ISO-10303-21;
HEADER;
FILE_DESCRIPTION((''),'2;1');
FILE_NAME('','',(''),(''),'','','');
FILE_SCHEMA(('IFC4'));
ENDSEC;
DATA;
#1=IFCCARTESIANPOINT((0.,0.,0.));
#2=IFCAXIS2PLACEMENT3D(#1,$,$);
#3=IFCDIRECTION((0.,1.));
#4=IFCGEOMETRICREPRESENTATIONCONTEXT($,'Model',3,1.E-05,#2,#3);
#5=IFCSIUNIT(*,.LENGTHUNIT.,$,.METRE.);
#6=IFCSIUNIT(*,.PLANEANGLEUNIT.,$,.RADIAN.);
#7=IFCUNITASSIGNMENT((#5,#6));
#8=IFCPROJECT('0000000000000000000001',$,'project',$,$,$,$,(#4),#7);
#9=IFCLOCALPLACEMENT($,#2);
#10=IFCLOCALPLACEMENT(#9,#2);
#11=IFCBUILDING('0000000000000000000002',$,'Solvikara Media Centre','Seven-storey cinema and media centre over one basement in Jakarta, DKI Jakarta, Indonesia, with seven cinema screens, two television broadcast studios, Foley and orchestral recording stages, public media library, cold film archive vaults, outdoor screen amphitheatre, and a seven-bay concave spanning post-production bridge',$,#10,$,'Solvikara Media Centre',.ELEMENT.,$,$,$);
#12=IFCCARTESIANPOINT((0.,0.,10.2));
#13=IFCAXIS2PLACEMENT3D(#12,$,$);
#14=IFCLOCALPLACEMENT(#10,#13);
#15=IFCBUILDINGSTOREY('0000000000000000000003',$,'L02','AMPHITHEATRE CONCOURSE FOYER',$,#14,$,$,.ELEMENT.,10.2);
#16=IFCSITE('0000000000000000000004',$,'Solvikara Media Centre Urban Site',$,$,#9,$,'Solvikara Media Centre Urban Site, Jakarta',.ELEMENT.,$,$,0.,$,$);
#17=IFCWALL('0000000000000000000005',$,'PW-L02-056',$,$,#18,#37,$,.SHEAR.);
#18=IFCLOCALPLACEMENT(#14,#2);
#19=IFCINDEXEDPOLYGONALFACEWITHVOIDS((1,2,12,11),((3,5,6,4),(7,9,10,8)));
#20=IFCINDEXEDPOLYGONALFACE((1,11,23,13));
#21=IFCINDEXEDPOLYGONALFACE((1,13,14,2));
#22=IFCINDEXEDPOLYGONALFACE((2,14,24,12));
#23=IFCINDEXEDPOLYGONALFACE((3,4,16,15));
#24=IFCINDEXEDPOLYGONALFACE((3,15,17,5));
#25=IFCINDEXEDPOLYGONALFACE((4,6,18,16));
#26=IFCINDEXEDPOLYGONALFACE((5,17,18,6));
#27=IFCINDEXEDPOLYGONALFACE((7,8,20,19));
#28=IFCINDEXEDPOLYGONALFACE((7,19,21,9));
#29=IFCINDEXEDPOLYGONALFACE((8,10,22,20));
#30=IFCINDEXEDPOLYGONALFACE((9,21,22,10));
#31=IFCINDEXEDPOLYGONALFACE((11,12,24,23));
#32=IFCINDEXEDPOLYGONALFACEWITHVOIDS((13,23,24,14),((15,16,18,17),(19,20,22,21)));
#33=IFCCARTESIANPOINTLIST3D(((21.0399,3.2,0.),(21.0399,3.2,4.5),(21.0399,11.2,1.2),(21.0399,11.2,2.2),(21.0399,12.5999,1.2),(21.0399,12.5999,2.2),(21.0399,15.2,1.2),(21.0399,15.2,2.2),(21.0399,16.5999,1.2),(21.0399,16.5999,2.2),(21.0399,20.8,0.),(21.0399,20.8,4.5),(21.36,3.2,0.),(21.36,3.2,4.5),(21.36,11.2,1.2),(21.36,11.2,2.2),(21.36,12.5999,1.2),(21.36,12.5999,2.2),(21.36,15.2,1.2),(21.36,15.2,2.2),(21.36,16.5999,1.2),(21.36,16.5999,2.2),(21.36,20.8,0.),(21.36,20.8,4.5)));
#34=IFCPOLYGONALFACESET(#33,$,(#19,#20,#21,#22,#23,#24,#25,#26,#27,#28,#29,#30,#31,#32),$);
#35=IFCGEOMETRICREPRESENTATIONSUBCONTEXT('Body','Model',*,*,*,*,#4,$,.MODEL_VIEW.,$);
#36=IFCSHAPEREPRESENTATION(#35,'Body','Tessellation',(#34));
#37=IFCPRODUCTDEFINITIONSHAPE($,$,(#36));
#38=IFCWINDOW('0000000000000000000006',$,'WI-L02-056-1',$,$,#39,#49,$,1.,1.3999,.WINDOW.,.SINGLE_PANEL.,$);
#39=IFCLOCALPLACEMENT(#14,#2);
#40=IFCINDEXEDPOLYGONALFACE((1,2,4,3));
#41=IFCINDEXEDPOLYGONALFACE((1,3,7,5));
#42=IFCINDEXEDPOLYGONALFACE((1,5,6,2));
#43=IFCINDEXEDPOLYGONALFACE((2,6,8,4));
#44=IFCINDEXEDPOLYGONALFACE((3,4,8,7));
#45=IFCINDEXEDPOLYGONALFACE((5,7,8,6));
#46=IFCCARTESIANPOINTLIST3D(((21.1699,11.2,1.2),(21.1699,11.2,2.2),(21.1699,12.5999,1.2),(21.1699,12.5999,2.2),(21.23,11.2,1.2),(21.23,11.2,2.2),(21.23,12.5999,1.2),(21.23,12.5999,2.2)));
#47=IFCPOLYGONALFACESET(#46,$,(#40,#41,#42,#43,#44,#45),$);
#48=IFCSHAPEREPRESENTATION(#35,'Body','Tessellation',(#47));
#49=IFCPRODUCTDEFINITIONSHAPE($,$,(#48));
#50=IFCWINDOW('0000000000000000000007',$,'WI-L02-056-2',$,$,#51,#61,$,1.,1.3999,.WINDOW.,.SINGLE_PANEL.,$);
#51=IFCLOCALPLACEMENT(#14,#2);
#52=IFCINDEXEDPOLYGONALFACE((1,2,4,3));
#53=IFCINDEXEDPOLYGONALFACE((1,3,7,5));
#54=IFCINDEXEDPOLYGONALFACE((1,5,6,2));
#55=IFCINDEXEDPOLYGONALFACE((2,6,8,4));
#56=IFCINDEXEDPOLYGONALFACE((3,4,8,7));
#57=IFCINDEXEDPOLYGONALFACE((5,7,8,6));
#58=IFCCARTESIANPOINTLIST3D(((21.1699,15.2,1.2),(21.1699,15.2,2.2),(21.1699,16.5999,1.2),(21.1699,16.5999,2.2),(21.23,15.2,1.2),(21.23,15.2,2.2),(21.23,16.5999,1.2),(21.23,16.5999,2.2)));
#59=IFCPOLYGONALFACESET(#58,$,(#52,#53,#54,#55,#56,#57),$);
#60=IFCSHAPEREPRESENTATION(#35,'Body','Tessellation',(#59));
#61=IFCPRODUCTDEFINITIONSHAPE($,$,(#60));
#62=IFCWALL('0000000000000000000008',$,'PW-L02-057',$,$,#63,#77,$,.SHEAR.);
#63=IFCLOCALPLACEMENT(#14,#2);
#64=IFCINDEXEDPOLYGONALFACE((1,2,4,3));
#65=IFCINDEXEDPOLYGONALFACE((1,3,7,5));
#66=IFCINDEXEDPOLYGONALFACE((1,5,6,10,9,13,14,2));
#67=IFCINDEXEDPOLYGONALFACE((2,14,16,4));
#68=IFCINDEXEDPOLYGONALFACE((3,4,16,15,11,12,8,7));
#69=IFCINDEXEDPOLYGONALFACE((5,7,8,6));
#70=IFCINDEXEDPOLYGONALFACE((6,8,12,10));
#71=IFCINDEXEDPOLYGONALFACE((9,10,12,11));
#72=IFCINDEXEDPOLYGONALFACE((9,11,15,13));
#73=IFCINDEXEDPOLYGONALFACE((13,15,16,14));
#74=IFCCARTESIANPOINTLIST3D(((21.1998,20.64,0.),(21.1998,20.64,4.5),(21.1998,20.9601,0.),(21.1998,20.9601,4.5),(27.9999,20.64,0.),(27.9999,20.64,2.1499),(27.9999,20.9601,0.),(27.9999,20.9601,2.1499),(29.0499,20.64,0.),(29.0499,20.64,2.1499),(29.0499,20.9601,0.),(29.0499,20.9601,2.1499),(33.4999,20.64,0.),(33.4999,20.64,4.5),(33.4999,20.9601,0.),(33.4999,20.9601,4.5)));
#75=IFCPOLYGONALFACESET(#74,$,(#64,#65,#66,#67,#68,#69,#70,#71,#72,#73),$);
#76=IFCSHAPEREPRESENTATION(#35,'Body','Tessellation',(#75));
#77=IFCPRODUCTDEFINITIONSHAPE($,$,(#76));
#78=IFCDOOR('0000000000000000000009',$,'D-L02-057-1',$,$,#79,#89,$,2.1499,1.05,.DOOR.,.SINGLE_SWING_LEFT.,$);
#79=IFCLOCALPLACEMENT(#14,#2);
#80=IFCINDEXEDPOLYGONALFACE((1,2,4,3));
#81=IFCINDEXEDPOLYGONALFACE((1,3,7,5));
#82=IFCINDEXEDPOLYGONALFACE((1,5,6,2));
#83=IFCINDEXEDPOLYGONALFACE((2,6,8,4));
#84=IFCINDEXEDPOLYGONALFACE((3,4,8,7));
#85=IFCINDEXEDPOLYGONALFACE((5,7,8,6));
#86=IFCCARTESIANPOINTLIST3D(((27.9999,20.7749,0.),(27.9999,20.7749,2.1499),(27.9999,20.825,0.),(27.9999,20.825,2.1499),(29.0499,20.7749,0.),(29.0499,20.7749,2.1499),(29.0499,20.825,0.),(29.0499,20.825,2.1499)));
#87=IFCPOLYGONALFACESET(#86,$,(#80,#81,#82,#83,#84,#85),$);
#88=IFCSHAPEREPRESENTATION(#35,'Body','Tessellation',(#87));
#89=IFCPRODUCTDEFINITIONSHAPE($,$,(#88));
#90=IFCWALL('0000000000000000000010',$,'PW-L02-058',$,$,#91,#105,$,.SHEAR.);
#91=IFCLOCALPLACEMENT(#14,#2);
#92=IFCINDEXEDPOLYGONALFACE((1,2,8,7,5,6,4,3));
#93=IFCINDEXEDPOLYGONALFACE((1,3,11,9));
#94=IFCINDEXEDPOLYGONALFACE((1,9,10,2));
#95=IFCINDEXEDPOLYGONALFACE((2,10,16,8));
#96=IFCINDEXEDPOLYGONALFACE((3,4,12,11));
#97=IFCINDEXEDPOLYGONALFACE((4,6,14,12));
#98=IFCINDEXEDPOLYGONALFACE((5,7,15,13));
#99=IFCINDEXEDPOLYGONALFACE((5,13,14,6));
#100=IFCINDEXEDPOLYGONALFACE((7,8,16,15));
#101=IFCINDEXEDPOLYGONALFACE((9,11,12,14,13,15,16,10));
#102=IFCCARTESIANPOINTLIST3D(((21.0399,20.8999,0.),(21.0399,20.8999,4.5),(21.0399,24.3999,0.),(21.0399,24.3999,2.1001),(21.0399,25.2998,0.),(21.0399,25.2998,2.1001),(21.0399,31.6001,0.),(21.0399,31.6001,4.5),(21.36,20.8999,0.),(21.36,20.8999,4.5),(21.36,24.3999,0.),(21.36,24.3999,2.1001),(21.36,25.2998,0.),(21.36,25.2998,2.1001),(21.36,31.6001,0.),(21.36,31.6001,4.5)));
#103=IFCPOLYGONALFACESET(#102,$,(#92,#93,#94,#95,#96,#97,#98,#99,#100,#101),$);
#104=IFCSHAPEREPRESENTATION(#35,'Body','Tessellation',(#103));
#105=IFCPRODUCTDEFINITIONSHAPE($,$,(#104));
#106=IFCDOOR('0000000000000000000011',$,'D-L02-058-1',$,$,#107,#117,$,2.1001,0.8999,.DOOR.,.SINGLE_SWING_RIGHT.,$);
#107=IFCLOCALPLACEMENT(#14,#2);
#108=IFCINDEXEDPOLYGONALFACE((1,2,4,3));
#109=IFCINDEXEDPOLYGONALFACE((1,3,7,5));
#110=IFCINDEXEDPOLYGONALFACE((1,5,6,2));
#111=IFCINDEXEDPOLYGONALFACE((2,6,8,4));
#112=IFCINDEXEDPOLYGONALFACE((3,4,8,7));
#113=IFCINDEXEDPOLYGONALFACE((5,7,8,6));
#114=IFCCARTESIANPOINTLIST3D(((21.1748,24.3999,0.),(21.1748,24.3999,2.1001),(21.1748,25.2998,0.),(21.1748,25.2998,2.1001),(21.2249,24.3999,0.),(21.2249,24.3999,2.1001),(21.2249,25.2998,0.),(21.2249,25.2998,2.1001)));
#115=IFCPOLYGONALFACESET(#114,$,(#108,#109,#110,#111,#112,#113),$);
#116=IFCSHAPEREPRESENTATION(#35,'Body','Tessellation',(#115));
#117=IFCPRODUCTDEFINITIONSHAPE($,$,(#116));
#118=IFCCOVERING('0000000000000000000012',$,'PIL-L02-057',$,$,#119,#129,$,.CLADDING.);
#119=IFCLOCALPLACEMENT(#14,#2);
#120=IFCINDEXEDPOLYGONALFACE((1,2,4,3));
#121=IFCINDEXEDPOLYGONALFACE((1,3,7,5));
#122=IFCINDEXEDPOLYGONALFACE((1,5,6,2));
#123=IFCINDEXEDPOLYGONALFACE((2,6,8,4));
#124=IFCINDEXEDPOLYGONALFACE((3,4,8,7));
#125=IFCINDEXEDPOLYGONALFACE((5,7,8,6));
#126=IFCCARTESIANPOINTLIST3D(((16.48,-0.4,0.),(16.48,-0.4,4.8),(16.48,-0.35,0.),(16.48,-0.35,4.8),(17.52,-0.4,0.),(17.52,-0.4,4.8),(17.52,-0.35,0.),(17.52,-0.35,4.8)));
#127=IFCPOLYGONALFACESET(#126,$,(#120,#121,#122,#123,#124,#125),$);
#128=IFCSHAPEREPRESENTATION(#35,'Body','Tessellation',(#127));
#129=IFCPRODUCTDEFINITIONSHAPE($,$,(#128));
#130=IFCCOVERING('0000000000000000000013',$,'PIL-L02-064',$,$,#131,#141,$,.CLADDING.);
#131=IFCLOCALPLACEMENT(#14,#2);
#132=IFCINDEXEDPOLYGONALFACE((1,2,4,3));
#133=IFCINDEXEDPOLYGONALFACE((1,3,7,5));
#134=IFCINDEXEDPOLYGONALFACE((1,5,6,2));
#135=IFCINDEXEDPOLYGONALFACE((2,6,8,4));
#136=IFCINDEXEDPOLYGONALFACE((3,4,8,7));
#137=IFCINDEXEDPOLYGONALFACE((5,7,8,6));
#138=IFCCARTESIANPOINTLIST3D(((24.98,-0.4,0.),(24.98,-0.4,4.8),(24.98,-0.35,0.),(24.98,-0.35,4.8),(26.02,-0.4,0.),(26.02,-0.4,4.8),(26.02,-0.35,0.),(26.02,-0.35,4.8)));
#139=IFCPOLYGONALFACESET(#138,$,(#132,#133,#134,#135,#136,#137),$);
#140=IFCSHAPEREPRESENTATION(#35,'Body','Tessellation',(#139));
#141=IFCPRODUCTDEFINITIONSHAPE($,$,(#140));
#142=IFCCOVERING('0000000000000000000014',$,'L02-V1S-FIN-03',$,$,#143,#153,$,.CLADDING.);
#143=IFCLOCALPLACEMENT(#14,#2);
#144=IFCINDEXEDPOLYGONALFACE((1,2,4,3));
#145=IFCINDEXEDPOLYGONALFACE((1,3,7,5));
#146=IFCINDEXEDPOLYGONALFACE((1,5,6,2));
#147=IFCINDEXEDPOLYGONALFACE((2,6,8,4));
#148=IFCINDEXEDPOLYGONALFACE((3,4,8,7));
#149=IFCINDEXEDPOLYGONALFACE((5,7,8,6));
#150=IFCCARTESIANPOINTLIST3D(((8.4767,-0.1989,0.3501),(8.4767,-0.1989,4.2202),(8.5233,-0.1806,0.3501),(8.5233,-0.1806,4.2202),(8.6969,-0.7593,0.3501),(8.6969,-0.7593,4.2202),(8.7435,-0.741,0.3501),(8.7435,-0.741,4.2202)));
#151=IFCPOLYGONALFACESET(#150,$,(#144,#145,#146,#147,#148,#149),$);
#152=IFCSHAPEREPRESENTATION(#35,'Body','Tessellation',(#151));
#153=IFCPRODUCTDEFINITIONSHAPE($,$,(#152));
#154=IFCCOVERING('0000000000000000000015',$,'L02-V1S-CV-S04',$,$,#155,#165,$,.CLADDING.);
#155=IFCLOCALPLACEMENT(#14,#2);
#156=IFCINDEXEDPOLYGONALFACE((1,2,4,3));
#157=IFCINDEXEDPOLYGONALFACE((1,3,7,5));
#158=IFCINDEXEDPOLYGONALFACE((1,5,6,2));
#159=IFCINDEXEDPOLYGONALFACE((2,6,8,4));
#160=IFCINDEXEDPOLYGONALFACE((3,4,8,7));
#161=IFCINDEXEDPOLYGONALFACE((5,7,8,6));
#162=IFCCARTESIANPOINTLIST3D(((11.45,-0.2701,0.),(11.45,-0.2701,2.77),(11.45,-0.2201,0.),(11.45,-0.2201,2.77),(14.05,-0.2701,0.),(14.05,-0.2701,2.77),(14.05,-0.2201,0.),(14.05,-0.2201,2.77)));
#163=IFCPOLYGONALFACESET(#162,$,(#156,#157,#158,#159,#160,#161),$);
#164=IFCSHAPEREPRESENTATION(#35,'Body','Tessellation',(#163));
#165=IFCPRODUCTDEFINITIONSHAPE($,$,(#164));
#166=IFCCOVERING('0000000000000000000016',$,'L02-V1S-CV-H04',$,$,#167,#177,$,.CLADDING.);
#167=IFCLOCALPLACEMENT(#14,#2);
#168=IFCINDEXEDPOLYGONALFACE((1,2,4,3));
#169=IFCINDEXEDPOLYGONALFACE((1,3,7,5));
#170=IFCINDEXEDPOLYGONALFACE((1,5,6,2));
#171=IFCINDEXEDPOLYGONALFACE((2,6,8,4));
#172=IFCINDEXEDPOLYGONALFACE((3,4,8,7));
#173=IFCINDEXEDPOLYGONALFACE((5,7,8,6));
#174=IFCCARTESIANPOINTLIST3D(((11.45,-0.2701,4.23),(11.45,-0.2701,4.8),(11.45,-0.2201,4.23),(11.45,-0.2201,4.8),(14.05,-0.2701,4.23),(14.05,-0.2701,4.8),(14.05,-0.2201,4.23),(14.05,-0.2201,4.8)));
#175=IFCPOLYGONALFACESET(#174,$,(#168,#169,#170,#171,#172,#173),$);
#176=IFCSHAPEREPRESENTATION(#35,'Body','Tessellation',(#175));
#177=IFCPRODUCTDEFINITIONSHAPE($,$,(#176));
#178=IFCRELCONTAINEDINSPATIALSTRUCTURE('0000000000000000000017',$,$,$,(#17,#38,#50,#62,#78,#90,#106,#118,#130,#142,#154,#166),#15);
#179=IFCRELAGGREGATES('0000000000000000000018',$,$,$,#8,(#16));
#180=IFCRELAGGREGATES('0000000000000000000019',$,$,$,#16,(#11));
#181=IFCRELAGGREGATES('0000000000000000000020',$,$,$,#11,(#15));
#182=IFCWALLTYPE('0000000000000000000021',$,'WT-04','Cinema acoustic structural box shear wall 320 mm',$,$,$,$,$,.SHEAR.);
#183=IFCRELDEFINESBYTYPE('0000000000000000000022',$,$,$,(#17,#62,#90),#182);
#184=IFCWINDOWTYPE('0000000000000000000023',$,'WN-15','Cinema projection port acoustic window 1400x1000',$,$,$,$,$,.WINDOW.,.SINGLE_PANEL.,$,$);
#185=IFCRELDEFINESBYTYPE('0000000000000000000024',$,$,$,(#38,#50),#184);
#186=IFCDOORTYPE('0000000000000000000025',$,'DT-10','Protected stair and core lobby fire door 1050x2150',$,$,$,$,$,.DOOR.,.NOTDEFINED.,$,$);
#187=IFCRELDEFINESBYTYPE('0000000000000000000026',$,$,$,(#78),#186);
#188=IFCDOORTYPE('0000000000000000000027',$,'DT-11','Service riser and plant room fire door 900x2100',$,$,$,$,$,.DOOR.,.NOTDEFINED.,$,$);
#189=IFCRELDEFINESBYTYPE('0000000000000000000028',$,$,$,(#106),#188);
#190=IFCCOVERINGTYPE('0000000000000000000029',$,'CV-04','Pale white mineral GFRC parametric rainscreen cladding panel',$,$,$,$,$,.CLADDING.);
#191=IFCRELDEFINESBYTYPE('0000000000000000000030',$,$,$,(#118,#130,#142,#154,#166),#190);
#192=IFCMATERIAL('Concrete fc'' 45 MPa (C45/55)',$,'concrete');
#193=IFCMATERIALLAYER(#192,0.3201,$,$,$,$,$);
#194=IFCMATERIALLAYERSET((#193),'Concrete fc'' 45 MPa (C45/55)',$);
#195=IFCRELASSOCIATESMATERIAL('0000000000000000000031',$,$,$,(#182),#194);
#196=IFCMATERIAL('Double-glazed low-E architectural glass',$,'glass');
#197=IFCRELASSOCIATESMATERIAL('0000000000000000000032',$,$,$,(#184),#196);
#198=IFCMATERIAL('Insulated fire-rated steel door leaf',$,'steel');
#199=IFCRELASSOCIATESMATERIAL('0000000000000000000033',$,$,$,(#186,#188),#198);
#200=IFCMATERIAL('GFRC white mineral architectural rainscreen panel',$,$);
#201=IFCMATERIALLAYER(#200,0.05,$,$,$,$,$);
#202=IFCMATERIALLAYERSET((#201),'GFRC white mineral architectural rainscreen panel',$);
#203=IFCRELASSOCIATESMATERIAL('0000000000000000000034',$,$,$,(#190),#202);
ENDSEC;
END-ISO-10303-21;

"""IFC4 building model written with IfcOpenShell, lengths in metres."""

from ifc_helpers import new_model, si_unit, direction, frame, frame_2d, origin, origin_2d, place, context, subcontext, project, spatial, rectangle, extrude, material, layer, layer_set, type_object, element, fill, save


model = new_model("IFC4")

# Units and contexts
model_context = context("Model", 3, precision=1e-05, world=origin(), true_north=direction((0.0, 1.0)))
body_context = subcontext(model_context, "Body", "Model", "MODEL_VIEW")
ifc_project = project(units=[si_unit("LENGTHUNIT", "METRE"), si_unit("PLANEANGLEUNIT", "RADIAN")], contexts=[model_context])

# Site, building, storey
site_placement = place(None, origin())
site = spatial("IfcSite", under=ifc_project, at=site_placement, Name="Solvikara Media Centre Urban Site", LongName="Solvikara Media Centre Urban Site, Jakarta", CompositionType="ELEMENT", RefElevation=0.0)
building_placement = place(site_placement, origin())
building = spatial("IfcBuilding", under=site, at=building_placement, Name="Solvikara Media Centre", Description="Seven-storey cinema and media centre over one basement in Jakarta, DKI Jakarta, Indonesia, with seven cinema screens, two television broadcast studios, Foley and orchestral recording stages, public media library, cold film archive vaults, outdoor screen amphitheatre, and a seven-bay concave spanning post-production bridge", LongName="Solvikara Media Centre", CompositionType="ELEMENT")
storey_placement = place(building_placement, frame((0.0, 0.0, 10.2)))
storey = spatial("IfcBuildingStorey", under=building, at=storey_placement, Name="L02", Description="AMPHITHEATRE CONCOURSE FOYER", CompositionType="ELEMENT", Elevation=10.2)

# Shared definitions
ifc_material_1 = material(Name="Concrete fc' 45 MPa (C45/55)", Category="concrete")

# Wall, openings, windows
ifc_layer_1 = layer(ifc_material_1, 0.3201)
ifc_layer_set_1 = layer_set([ifc_layer_1], Name="Concrete fc' 45 MPa (C45/55)")
wall_type = type_object("IfcWallType", Name="WT-04", Description="Cinema acoustic structural box shear wall 320 mm", PredefinedType="SHEAR", material=ifc_layer_set_1)
wall_1_placement = place(storey_placement, frame((21.2, 3.2, 0.0), z_axis=(0.0, 0.0, 1.0), x_axis=(0.0, 1.0, 0.0)))
wall_1 = element("IfcWall", 1, at=wall_1_placement, inside=storey, type_object=wall_type, Name="PW-L02-056", PredefinedType="SHEAR", context=body_context, shape_type="SweptSolid", body=[
    extrude(rectangle(XDim=17.6001, YDim=0.3201, at=frame_2d((8.8, 0.0))), origin(), (0.0, 0.0, 1.0), 4.5),
])
opening_1_placement = place(wall_1_placement, frame((8.0, 0.0, 1.2)))
opening_1 = element("IfcOpeningElement", 2, at=opening_1_placement, cuts=wall_1, PredefinedType="OPENING", context=body_context, shape_type="SweptSolid", body=[
    extrude(rectangle(XDim=1.3999, YDim=1.0, at=frame_2d((0.7, 0.5))), frame((0.0, 0.1719, 0.0), z_axis=(0.0, -1.0, 0.0), x_axis=(1.0, 0.0, 0.0)), (0.0, 0.0, 1.0), 0.344),
])
opening_2_placement = place(wall_1_placement, frame((12.0, 0.0, 1.2)))
opening_2 = element("IfcOpeningElement", 3, at=opening_2_placement, cuts=wall_1, PredefinedType="OPENING", context=body_context, shape_type="SweptSolid", body=[
    extrude(rectangle(XDim=1.3999, YDim=1.0, at=frame_2d((0.7, 0.5))), frame((0.0, 0.1719, 0.0), z_axis=(0.0, -1.0, 0.0), x_axis=(1.0, 0.0, 0.0)), (0.0, 0.0, 1.0), 0.344),
])
ifc_material_2 = material(Name="Double-glazed low-E architectural glass", Category="glass")
window_type = type_object("IfcWindowType", Name="WN-15", Description="Cinema projection port acoustic window 1400x1000", PartitioningType="SINGLE_PANEL", PredefinedType="WINDOW", material=ifc_material_2)
window_1_placement = place(opening_1_placement, origin())
window_1 = element("IfcWindow", 4, at=window_1_placement, inside=storey, type_object=window_type, Name="WI-L02-056-1", OverallHeight=1.0, OverallWidth=1.3999, PartitioningType="SINGLE_PANEL", PredefinedType="WINDOW", context=body_context, shape_type="SweptSolid", body=[
    extrude(rectangle(XDim=1.3999, YDim=1.0, at=frame_2d((0.7, 0.5))), frame((0.0, 0.03, 0.0), z_axis=(0.0, -1.0, 0.0), x_axis=(1.0, 0.0, 0.0)), (0.0, 0.0, 1.0), 0.0601),
])
fill(opening_1, window_1)
window_2_placement = place(opening_2_placement, origin())
window_2 = element("IfcWindow", 5, at=window_2_placement, inside=storey, type_object=window_type, Name="WI-L02-056-2", OverallHeight=1.0, OverallWidth=1.3999, PartitioningType="SINGLE_PANEL", PredefinedType="WINDOW", context=body_context, shape_type="SweptSolid", body=[
    extrude(rectangle(XDim=1.3999, YDim=1.0, at=frame_2d((0.7, 0.5))), frame((0.0, 0.03, 0.0), z_axis=(0.0, -1.0, 0.0), x_axis=(1.0, 0.0, 0.0)), (0.0, 0.0, 1.0), 0.0601),
])
fill(opening_2, window_2)

# Walls, openings, doors
wall_2_placement = place(storey_placement, frame((21.2, 20.8, 0.0), z_axis=(0.0, 0.0, 1.0), x_axis=(1.0, 0.0, 0.0)))
wall_2 = element("IfcWall", 6, at=wall_2_placement, inside=storey, type_object=wall_type, Name="PW-L02-057", PredefinedType="SHEAR", context=body_context, shape_type="SweptSolid", body=[
    extrude(rectangle(XDim=12.3, YDim=0.3201, at=frame_2d((6.1499, 0.0))), origin(), (0.0, 0.0, 1.0), 4.5),
])
opening_3_placement = place(wall_2_placement, frame((6.8, 0.0, 0.0)))
opening_3 = element("IfcOpeningElement", 7, at=opening_3_placement, cuts=wall_2, PredefinedType="OPENING", context=body_context, shape_type="SweptSolid", body=[
    extrude(rectangle(XDim=1.05, YDim=2.1499, at=frame_2d((0.5249, 1.075))), frame((0.0, 0.1719, 0.0), z_axis=(0.0, -1.0, 0.0), x_axis=(1.0, 0.0, 0.0)), (0.0, 0.0, 1.0), 0.344),
])
ifc_material_3 = material(Name="Insulated fire-rated steel door leaf", Category="steel")
door_type_1 = type_object("IfcDoorType", Name="DT-10", Description="Protected stair and core lobby fire door 1050x2150", OperationType="NOTDEFINED", PredefinedType="DOOR", material=ifc_material_3)
door_1_placement = place(opening_3_placement, origin())
door_1 = element("IfcDoor", 8, at=door_1_placement, inside=storey, type_object=door_type_1, Name="D-L02-057-1", OperationType="SINGLE_SWING_LEFT", OverallHeight=2.1499, OverallWidth=1.05, PredefinedType="DOOR", context=body_context, shape_type="SweptSolid", body=[
    extrude(rectangle(XDim=1.05, YDim=2.1499, at=frame_2d((0.5249, 1.075))), frame((0.0, 0.0249, 0.0), z_axis=(0.0, -1.0, 0.0), x_axis=(1.0, 0.0, 0.0)), (0.0, 0.0, 1.0), 0.05),
])
fill(opening_3, door_1)
wall_3_placement = place(storey_placement, frame((21.2, 20.8999, 0.0), z_axis=(0.0, 0.0, 1.0), x_axis=(0.0, 1.0, 0.0)))
wall_3 = element("IfcWall", 9, at=wall_3_placement, inside=storey, type_object=wall_type, Name="PW-L02-058", PredefinedType="SHEAR", context=body_context, shape_type="SweptSolid", body=[
    extrude(rectangle(XDim=10.7002, YDim=0.3201, at=frame_2d((5.3501, 0.0))), origin(), (0.0, 0.0, 1.0), 4.5),
])
opening_4_placement = place(wall_3_placement, frame((3.5, 0.0, 0.0)))
opening_4 = element("IfcOpeningElement", 10, at=opening_4_placement, cuts=wall_3, PredefinedType="OPENING", context=body_context, shape_type="SweptSolid", body=[
    extrude(rectangle(XDim=0.8999, YDim=2.1001, at=frame_2d((0.45, 1.05))), frame((0.0, 0.1719, 0.0), z_axis=(0.0, -1.0, 0.0), x_axis=(1.0, 0.0, 0.0)), (0.0, 0.0, 1.0), 0.344),
])
door_type_2 = type_object("IfcDoorType", Name="DT-11", Description="Service riser and plant room fire door 900x2100", OperationType="NOTDEFINED", PredefinedType="DOOR", material=ifc_material_3)
door_2_placement = place(opening_4_placement, frame((0.8999, 0.0, 0.0), z_axis=(0.0, 0.0, 1.0), x_axis=(-1.0, 0.0, 0.0)))
door_2 = element("IfcDoor", 11, at=door_2_placement, inside=storey, type_object=door_type_2, Name="D-L02-058-1", OperationType="SINGLE_SWING_RIGHT", OverallHeight=2.1001, OverallWidth=0.8999, PredefinedType="DOOR", context=body_context, shape_type="SweptSolid", body=[
    extrude(rectangle(XDim=0.8999, YDim=2.1001, at=frame_2d((0.45, 1.05))), frame((0.0, 0.0249, 0.0), z_axis=(0.0, -1.0, 0.0), x_axis=(1.0, 0.0, 0.0)), (0.0, 0.0, 1.0), 0.05),
])
fill(opening_4, door_2)

# Coverings
ifc_material_4 = material(Name="GFRC white mineral architectural rainscreen panel")
ifc_layer_2 = layer(ifc_material_4, 0.05)
ifc_layer_set_2 = layer_set([ifc_layer_2], Name="GFRC white mineral architectural rainscreen panel")
covering_type = type_object("IfcCoveringType", Name="CV-04", Description="Pale white mineral GFRC parametric rainscreen cladding panel", PredefinedType="CLADDING", material=ifc_layer_set_2)
for number, where, z_axis, x_axis, name in (
    (12, (17.0, -0.375, 0.0), (0.0, 0.0, 1.0), (1.0, 0.0, 0.0), "PIL-L02-057"),
    (13, (25.5, -0.375, 0.0), (0.0, 0.0, 1.0), (1.0, 0.0, 0.0), "PIL-L02-064"),
):
    element("IfcCovering", number, at=place(storey_placement, frame(where, z_axis=z_axis, x_axis=x_axis)), inside=storey, type_object=covering_type, Name=name, PredefinedType="CLADDING", context=body_context, shape_type="SweptSolid", body=[
        extrude(rectangle(XDim=1.04, YDim=0.05, at=origin_2d()), origin(), (0.0, 0.0, 1.0), 4.8),
    ])
covering_1_placement = place(storey_placement, frame((8.6101, -0.47, 0.3501), z_axis=(0.0, 0.0, 1.0), x_axis=(0.365657, -0.93075, 0.0)))
element("IfcCovering", 14, at=covering_1_placement, inside=storey, type_object=covering_type, Name="L02-V1S-FIN-03", PredefinedType="CLADDING", context=body_context, shape_type="SweptSolid", body=[
    extrude(rectangle(XDim=0.6021, YDim=0.05, at=origin_2d()), origin(), (0.0, 0.0, 1.0), 3.8701),
])
covering_2_placement = place(storey_placement, frame((12.75, -0.2451, 0.0), z_axis=(0.0, 0.0, 1.0), x_axis=(1.0, 0.0, 0.0)))
element("IfcCovering", 15, at=covering_2_placement, inside=storey, type_object=covering_type, Name="L02-V1S-CV-S04", PredefinedType="CLADDING", context=body_context, shape_type="SweptSolid", body=[
    extrude(rectangle(XDim=2.6001, YDim=0.05, at=origin_2d()), origin(), (0.0, 0.0, 1.0), 2.77),
])
covering_3_placement = place(storey_placement, frame((12.75, -0.2451, 4.23), z_axis=(0.0, 0.0, 1.0), x_axis=(1.0, 0.0, 0.0)))
element("IfcCovering", 16, at=covering_3_placement, inside=storey, type_object=covering_type, Name="L02-V1S-CV-H04", PredefinedType="CLADDING", context=body_context, shape_type="SweptSolid", body=[
    extrude(rectangle(XDim=2.6001, YDim=0.05, at=origin_2d()), origin(), (0.0, 0.0, 1.0), 0.5701),
])

save(model, "model.ifc")
